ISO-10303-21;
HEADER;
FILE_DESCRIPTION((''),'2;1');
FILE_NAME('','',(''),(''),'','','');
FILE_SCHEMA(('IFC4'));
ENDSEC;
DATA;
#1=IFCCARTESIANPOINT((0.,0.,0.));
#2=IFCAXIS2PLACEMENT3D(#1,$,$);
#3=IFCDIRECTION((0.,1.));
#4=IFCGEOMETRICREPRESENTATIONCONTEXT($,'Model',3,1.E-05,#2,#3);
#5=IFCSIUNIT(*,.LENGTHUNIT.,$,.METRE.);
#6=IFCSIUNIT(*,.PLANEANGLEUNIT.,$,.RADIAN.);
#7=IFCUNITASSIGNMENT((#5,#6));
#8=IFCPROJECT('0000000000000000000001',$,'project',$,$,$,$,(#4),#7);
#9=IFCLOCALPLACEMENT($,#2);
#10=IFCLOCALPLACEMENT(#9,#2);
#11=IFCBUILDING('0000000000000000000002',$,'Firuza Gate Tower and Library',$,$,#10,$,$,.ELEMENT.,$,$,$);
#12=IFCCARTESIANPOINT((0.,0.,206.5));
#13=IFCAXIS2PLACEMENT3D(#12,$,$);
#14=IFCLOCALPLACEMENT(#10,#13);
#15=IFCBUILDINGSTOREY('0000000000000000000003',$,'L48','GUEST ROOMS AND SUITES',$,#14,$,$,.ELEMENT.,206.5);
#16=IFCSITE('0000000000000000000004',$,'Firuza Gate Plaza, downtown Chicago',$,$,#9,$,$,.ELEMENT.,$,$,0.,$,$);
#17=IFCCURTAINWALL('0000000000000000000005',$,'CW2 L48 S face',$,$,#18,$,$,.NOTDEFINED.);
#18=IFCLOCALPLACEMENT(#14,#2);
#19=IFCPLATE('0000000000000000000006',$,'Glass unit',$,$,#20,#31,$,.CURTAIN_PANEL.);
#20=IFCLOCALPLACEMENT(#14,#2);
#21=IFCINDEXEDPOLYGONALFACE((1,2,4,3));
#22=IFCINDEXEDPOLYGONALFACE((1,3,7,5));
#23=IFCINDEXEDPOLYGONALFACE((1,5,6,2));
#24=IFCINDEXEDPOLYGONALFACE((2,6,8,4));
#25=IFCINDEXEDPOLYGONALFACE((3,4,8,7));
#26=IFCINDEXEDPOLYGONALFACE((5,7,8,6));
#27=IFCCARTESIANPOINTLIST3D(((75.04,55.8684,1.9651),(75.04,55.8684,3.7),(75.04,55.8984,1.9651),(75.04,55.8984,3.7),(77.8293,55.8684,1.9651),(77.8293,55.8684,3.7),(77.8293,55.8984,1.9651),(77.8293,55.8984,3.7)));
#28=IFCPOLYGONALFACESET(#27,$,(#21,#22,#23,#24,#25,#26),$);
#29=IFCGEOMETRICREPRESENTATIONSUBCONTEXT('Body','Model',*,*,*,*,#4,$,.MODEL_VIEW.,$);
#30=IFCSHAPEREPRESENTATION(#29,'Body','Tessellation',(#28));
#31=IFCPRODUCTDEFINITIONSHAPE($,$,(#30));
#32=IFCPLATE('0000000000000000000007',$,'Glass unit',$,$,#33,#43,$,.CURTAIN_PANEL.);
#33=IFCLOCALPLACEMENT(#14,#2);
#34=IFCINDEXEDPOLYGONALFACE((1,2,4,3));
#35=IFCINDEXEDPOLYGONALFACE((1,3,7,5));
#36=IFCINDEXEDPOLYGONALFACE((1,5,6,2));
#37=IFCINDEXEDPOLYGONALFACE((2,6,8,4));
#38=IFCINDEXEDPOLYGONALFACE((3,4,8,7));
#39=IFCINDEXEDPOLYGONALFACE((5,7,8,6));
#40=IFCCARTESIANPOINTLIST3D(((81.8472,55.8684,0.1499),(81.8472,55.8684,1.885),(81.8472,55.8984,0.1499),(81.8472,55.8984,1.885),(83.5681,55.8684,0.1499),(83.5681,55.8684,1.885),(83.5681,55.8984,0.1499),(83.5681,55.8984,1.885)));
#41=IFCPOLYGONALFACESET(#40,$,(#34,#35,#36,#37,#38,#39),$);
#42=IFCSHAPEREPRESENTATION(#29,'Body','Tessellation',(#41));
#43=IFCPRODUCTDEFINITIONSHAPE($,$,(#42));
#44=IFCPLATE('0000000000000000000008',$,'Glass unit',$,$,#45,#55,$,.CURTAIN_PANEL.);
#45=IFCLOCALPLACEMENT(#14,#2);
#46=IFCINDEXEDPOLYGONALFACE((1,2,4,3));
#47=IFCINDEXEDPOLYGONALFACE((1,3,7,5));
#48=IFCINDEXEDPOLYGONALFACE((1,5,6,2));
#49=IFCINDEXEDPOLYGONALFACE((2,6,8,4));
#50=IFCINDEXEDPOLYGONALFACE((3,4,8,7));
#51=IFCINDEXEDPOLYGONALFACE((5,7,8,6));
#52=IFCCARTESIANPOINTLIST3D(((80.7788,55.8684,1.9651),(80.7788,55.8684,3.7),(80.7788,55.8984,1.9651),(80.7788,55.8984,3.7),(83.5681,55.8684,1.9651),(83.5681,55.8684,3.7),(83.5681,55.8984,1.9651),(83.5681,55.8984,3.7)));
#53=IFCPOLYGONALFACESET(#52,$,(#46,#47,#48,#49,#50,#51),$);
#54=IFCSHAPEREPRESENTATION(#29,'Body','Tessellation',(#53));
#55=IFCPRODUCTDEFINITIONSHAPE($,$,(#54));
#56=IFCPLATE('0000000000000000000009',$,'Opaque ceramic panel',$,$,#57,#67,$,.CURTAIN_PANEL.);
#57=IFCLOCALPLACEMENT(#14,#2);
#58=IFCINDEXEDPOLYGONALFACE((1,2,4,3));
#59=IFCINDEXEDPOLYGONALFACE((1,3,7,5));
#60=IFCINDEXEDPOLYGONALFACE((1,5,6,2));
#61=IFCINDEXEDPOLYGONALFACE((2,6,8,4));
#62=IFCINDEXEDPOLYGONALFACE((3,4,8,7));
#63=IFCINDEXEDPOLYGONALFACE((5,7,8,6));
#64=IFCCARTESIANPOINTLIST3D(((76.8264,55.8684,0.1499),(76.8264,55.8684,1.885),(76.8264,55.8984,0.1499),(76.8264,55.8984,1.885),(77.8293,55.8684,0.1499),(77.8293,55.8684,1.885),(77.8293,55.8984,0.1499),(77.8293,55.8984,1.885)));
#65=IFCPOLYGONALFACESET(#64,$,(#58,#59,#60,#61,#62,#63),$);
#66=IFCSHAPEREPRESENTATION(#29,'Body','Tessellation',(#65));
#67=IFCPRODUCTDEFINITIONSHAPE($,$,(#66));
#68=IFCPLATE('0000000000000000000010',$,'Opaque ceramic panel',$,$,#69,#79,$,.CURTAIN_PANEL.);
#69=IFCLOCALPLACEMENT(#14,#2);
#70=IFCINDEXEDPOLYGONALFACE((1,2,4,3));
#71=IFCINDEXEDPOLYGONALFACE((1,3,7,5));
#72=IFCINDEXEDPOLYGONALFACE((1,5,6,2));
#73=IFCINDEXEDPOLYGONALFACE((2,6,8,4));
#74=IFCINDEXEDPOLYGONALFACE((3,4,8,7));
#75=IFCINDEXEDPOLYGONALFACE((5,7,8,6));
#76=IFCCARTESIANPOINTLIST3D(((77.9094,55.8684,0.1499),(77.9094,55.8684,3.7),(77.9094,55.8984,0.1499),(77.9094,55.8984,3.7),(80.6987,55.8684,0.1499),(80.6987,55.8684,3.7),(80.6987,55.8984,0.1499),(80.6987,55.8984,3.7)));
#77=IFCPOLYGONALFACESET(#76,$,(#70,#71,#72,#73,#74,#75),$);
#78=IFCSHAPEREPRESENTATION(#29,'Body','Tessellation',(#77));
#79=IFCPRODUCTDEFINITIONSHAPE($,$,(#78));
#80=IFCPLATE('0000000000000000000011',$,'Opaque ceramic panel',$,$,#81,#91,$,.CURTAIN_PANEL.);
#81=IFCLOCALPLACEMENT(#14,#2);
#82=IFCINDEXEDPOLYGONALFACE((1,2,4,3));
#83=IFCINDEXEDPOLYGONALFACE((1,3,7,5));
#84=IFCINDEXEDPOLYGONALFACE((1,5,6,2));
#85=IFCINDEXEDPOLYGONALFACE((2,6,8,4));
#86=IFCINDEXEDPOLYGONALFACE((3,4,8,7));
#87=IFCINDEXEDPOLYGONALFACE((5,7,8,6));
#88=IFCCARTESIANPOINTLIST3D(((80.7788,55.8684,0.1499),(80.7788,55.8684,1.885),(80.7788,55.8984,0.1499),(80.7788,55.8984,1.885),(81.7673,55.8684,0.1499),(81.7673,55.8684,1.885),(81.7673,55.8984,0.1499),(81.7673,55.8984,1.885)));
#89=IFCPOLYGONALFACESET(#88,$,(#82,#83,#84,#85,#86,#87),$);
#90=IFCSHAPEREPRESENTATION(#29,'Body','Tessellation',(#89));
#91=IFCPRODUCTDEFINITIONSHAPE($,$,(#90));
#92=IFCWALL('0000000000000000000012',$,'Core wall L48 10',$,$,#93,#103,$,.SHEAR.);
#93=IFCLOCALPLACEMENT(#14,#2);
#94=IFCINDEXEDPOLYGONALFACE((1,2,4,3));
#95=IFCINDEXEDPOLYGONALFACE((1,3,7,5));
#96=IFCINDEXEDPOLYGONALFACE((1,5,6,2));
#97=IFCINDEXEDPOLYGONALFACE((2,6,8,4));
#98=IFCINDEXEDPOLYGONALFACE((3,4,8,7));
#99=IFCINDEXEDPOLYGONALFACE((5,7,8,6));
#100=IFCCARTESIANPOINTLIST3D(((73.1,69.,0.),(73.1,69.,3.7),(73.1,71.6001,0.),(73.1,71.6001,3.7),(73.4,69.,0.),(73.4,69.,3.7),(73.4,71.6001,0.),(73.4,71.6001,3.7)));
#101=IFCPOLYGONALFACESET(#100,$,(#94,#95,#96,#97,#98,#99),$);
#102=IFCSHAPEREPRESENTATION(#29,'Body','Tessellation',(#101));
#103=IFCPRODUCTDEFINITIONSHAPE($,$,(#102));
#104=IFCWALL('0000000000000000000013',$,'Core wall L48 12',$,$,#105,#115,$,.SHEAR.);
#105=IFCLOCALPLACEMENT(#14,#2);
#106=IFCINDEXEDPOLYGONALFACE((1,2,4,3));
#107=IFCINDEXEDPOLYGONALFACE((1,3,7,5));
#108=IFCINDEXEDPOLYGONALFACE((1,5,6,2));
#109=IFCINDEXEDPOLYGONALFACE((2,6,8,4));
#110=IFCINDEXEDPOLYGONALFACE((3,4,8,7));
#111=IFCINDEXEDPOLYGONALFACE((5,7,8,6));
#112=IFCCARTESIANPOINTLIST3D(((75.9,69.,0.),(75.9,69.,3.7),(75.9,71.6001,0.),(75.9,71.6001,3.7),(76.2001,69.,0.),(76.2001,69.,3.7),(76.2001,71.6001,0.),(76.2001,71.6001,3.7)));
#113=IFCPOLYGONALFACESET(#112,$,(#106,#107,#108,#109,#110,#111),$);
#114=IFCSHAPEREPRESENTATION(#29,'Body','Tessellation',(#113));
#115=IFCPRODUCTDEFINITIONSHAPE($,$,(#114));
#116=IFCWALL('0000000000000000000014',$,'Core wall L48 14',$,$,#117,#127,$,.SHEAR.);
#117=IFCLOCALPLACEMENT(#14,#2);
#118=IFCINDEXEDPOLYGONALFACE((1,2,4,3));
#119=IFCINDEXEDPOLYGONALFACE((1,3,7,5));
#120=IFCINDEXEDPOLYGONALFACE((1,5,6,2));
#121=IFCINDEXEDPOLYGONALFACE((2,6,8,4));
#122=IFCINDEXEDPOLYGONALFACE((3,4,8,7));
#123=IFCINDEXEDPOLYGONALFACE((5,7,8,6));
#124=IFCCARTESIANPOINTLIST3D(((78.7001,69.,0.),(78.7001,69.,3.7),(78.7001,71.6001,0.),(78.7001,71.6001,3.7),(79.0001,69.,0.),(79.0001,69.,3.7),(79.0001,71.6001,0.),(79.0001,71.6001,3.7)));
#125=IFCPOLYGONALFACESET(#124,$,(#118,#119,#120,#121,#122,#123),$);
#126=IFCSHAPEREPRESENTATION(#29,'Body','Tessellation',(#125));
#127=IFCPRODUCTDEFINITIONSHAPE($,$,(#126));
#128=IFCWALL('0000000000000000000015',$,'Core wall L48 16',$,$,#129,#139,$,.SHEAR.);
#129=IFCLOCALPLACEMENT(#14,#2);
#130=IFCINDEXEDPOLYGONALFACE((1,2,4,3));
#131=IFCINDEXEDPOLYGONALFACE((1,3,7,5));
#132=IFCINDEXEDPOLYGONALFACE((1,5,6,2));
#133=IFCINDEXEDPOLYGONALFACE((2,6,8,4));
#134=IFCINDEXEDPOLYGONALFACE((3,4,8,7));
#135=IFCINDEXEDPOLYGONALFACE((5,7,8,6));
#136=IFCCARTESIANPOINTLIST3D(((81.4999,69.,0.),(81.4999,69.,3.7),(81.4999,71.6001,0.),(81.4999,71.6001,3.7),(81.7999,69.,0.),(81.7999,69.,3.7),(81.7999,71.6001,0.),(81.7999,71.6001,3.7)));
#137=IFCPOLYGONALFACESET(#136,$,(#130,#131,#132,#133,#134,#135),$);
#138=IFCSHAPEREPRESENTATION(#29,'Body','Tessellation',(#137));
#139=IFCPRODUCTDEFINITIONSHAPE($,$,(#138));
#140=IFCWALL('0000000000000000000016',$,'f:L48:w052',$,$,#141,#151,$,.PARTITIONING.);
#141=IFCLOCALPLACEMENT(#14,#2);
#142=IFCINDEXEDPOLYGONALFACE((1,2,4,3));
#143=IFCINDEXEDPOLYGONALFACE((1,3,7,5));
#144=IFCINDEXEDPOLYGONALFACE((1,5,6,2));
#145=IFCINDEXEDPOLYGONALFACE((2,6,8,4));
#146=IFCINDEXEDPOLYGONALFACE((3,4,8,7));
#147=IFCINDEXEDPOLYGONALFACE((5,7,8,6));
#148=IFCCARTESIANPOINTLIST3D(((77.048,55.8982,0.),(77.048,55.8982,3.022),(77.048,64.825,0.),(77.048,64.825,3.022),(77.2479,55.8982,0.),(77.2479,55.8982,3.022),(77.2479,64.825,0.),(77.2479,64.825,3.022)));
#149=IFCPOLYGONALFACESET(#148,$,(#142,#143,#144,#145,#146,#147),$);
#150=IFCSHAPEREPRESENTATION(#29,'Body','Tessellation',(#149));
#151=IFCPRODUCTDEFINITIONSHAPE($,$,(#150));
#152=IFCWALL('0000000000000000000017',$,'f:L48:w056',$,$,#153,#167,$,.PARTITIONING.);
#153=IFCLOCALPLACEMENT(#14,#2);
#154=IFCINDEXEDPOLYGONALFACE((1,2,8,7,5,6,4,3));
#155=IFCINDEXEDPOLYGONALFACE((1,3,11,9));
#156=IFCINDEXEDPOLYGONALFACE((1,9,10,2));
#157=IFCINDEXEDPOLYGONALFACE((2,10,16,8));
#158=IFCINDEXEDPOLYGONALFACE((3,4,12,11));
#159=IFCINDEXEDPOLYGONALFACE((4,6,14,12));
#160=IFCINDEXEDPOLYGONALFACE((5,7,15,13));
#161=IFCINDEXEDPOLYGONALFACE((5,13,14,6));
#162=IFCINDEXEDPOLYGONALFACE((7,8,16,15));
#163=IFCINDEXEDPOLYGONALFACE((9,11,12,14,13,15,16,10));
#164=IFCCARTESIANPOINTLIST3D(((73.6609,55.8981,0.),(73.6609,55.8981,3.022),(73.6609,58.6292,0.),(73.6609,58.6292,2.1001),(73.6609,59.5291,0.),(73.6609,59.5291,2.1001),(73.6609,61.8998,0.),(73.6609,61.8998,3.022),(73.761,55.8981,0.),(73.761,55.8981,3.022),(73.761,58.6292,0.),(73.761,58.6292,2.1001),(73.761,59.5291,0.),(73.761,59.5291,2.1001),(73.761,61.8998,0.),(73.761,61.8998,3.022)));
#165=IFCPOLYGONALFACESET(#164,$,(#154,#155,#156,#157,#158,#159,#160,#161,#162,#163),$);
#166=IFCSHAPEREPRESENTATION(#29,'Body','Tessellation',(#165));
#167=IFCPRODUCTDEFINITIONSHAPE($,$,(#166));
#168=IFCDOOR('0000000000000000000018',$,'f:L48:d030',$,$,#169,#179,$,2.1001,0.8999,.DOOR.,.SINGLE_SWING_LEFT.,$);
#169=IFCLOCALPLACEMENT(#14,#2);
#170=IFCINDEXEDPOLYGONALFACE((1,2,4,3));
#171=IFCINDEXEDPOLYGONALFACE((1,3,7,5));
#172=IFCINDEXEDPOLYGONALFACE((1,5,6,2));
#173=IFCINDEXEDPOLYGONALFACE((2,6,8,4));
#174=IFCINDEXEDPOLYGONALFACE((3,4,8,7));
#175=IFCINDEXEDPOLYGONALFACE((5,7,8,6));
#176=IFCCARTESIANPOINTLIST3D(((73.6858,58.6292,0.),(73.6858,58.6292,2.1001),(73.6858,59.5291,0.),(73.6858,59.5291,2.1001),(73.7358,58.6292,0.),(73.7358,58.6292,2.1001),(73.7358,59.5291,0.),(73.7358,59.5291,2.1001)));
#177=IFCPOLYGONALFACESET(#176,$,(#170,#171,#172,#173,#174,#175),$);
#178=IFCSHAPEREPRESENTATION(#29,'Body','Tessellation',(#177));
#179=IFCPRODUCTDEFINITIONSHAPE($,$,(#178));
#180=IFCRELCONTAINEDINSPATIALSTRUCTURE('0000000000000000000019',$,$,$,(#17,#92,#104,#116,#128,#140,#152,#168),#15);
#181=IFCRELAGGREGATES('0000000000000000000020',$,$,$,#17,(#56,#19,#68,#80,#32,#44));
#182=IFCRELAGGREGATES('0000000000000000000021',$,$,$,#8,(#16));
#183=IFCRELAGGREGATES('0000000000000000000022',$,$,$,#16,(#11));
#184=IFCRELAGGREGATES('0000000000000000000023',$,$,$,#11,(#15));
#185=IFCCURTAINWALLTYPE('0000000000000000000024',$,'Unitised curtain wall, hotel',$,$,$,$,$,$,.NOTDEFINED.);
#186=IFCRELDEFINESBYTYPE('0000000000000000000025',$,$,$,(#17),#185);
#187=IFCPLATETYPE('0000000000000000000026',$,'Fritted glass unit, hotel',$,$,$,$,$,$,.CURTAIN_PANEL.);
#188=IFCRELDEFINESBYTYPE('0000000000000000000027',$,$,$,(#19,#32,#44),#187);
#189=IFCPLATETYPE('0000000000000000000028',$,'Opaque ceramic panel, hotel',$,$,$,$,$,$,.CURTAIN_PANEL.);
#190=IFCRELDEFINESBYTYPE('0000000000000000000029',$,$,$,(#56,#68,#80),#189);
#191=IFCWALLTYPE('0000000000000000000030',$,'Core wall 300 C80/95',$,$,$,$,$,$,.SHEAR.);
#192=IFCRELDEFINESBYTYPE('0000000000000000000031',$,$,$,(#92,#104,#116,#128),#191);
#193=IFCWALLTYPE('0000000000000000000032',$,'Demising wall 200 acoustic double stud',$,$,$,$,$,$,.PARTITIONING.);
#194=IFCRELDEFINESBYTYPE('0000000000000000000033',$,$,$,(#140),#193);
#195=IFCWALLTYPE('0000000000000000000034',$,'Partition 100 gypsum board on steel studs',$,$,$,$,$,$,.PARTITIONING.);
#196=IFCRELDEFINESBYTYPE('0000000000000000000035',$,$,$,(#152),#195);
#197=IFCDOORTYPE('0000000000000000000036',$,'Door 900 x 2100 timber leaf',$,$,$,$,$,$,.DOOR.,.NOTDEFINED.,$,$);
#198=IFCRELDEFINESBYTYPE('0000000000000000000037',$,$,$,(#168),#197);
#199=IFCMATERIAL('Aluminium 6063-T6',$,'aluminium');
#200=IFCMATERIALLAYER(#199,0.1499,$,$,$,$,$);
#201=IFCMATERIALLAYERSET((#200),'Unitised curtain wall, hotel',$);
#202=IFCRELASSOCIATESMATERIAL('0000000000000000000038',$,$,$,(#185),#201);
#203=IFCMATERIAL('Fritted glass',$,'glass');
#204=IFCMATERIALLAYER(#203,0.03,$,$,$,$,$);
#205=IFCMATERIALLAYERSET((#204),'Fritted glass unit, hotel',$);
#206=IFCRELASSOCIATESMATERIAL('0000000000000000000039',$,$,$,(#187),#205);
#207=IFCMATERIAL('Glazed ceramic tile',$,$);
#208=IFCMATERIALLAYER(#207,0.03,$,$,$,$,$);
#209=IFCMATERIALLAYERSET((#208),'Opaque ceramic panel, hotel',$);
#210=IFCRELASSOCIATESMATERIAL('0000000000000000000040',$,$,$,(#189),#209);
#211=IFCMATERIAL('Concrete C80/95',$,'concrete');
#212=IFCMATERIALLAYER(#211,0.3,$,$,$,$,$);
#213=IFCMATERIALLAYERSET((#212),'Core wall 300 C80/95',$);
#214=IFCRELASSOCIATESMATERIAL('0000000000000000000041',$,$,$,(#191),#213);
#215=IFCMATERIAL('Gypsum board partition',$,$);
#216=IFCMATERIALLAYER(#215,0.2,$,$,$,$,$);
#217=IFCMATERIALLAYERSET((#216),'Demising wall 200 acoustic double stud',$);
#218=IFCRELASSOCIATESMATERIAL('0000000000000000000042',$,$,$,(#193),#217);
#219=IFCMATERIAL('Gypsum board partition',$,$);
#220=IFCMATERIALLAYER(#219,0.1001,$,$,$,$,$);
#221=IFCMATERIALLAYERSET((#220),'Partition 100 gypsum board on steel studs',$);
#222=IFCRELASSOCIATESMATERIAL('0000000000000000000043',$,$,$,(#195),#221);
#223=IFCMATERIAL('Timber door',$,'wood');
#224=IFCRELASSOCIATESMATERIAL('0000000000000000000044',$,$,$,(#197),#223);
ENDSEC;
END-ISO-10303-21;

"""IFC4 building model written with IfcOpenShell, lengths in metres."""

from ifc_helpers import new_model, si_unit, direction, frame, frame_2d, origin, place, context, subcontext, project, spatial, polyline, rectangle, outline, extrude, material, layer, layer_set, type_object, element, fill, aggregate, save


model = new_model("IFC4")

# Units and contexts
model_context = context("Model", 3, precision=1e-05, world=origin(), true_north=direction((0.0, 1.0)))
body_context = subcontext(model_context, "Body", "Model", "MODEL_VIEW")
ifc_project = project(units=[si_unit("LENGTHUNIT", "METRE"), si_unit("PLANEANGLEUNIT", "RADIAN")], contexts=[model_context])

# Site, building, storey
site_placement = place(None, origin())
site = spatial("IfcSite", under=ifc_project, at=site_placement, Name="Firuza Gate Plaza, downtown Chicago", CompositionType="ELEMENT", RefElevation=0.0)
building_placement = place(site_placement, origin())
building = spatial("IfcBuilding", under=site, at=building_placement, Name="Firuza Gate Tower and Library", CompositionType="ELEMENT")
storey_placement = place(building_placement, frame((0.0, 0.0, 206.5)))
storey = spatial("IfcBuildingStorey", under=building, at=storey_placement, Name="L48", Description="GUEST ROOMS AND SUITES", CompositionType="ELEMENT", Elevation=206.5)

# Curtain wall
ifc_material_1 = material(Name="Aluminium 6063-T6", Category="aluminium")
ifc_layer_1 = layer(ifc_material_1, 0.1499)
ifc_layer_set_1 = layer_set([ifc_layer_1], Name="Unitised curtain wall, hotel")
curtain_wall_type = type_object("IfcCurtainWallType", Name="Unitised curtain wall, hotel", PredefinedType="NOTDEFINED", material=ifc_layer_set_1)
curtain_wall_placement = place(storey_placement, origin())
curtain_wall = element("IfcCurtainWall", 1, at=curtain_wall_placement, inside=storey, type_object=curtain_wall_type, Name="CW2 L48 S face", PredefinedType="NOTDEFINED")

# Plates
ifc_material_2 = material(Name="Fritted glass", Category="glass")
ifc_layer_2 = layer(ifc_material_2, 0.03)
ifc_layer_set_2 = layer_set([ifc_layer_2], Name="Fritted glass unit, hotel")
plate_type_1 = type_object("IfcPlateType", Name="Fritted glass unit, hotel", PredefinedType="CURTAIN_PANEL", material=ifc_layer_set_2)
plate_1_placement = place(storey_placement, frame((75.04, 55.8684, 1.9651), z_axis=(0.0, -1.0, 0.0), x_axis=(1.0, 0.0, 0.0)))
plate_1 = element("IfcPlate", 2, at=plate_1_placement, type_object=plate_type_1, Name="Glass unit", PredefinedType="CURTAIN_PANEL", context=body_context, shape_type="SweptSolid", body=[
    extrude(outline(polyline([(0.0, 0.0), (2.7893, 0.0), (2.7893, 1.7349), (0.0, 1.7349), (0.0, 0.0)])), origin(), (0.0, 0.0, -1.0), 0.03),
])
plate_2_placement = place(storey_placement, frame((81.8472, 55.8684, 0.1499), z_axis=(0.0, -1.0, 0.0), x_axis=(1.0, 0.0, 0.0)))
plate_2 = element("IfcPlate", 3, at=plate_2_placement, type_object=plate_type_1, Name="Glass unit", PredefinedType="CURTAIN_PANEL", context=body_context, shape_type="SweptSolid", body=[
    extrude(outline(polyline([(0.0, 0.0), (1.7209, 0.0), (1.7209, 1.7351), (0.0, 1.7351), (0.0, 0.0)])), origin(), (0.0, 0.0, -1.0), 0.03),
])
plate_3_placement = place(storey_placement, frame((80.7788, 55.8684, 1.9651), z_axis=(0.0, -1.0, 0.0), x_axis=(1.0, 0.0, 0.0)))
plate_3 = element("IfcPlate", 4, at=plate_3_placement, type_object=plate_type_1, Name="Glass unit", PredefinedType="CURTAIN_PANEL", context=body_context, shape_type="SweptSolid", body=[
    extrude(outline(polyline([(0.0, 0.0), (2.7893, 0.0), (2.7893, 1.7349), (0.0, 1.7349), (0.0, 0.0)])), origin(), (0.0, 0.0, -1.0), 0.03),
])
ifc_material_3 = material(Name="Glazed ceramic tile")
ifc_layer_3 = layer(ifc_material_3, 0.03)
ifc_layer_set_3 = layer_set([ifc_layer_3], Name="Opaque ceramic panel, hotel")
plate_type_2 = type_object("IfcPlateType", Name="Opaque ceramic panel, hotel", PredefinedType="CURTAIN_PANEL", material=ifc_layer_set_3)
plate_4_placement = place(storey_placement, frame((76.8264, 55.8684, 0.1499), z_axis=(0.0, -1.0, 0.0), x_axis=(1.0, 0.0, 0.0)))
plate_4 = element("IfcPlate", 5, at=plate_4_placement, type_object=plate_type_2, Name="Opaque ceramic panel", PredefinedType="CURTAIN_PANEL", context=body_context, shape_type="SweptSolid", body=[
    extrude(outline(polyline([(0.0, 0.0), (1.0029, 0.0), (1.0029, 1.7351), (0.0, 1.7351), (0.0, 0.0)])), origin(), (0.0, 0.0, -1.0), 0.03),
])
plate_5_placement = place(storey_placement, frame((77.9094, 55.8684, 0.1499), z_axis=(0.0, -1.0, 0.0), x_axis=(1.0, 0.0, 0.0)))
plate_5 = element("IfcPlate", 6, at=plate_5_placement, type_object=plate_type_2, Name="Opaque ceramic panel", PredefinedType="CURTAIN_PANEL", context=body_context, shape_type="SweptSolid", body=[
    extrude(outline(polyline([(0.0, 0.0), (2.7893, 0.0), (2.7893, 3.55), (0.0, 3.55), (0.0, 0.0)])), origin(), (0.0, 0.0, -1.0), 0.03),
])
plate_6_placement = place(storey_placement, frame((80.7788, 55.8684, 0.1499), z_axis=(0.0, -1.0, 0.0), x_axis=(1.0, 0.0, 0.0)))
plate_6 = element("IfcPlate", 7, at=plate_6_placement, type_object=plate_type_2, Name="Opaque ceramic panel", PredefinedType="CURTAIN_PANEL", context=body_context, shape_type="SweptSolid", body=[
    extrude(outline(polyline([(0.0, 0.0), (0.9885, 0.0), (0.9885, 1.7351), (0.0, 1.7351), (0.0, 0.0)])), origin(), (0.0, 0.0, -1.0), 0.03),
])
aggregate(curtain_wall, [plate_4, plate_1, plate_5, plate_6, plate_2, plate_3])

# Walls
ifc_material_4 = material(Name="Concrete C80/95", Category="concrete")
ifc_layer_4 = layer(ifc_material_4, 0.3)
ifc_layer_set_4 = layer_set([ifc_layer_4], Name="Core wall 300 C80/95")
wall_type_1 = type_object("IfcWallType", Name="Core wall 300 C80/95", PredefinedType="SHEAR", material=ifc_layer_set_4)
for number, where, z_axis, x_axis, name in (
    (8, (73.25, 69.0, 0.0), (0.0, 0.0, 1.0), (0.0, 1.0, 0.0), "Core wall L48 10"),
    (9, (76.05, 69.0, 0.0), (0.0, 0.0, 1.0), (0.0, 1.0, 0.0), "Core wall L48 12"),
    (10, (78.8501, 69.0, 0.0), (0.0, 0.0, 1.0), (0.0, 1.0, 0.0), "Core wall L48 14"),
    (11, (81.6499, 69.0, 0.0), (0.0, 0.0, 1.0), (0.0, 1.0, 0.0), "Core wall L48 16"),
):
    element("IfcWall", number, at=place(storey_placement, frame(where, z_axis=z_axis, x_axis=x_axis)), inside=storey, type_object=wall_type_1, Name=name, PredefinedType="SHEAR", context=body_context, shape_type="SweptSolid", body=[
        extrude(rectangle(XDim=2.6001, YDim=0.3, at=frame_2d((1.3, 0.0))), origin(), (0.0, 0.0, 1.0), 3.7),
    ])
ifc_material_5 = material(Name="Gypsum board partition")
ifc_layer_5 = layer(ifc_material_5, 0.2)
ifc_layer_set_5 = layer_set([ifc_layer_5], Name="Demising wall 200 acoustic double stud")
wall_type_2 = type_object("IfcWallType", Name="Demising wall 200 acoustic double stud", PredefinedType="PARTITIONING", material=ifc_layer_set_5)
wall_1_placement = place(storey_placement, frame((77.1479, 55.8982, 0.0), z_axis=(0.0, 0.0, 1.0), x_axis=(0.0, 1.0, 0.0)))
element("IfcWall", 12, at=wall_1_placement, inside=storey, type_object=wall_type_2, Name="f:L48:w052", PredefinedType="PARTITIONING", context=body_context, shape_type="SweptSolid", body=[
    extrude(rectangle(XDim=8.9268, YDim=0.2, at=frame_2d((4.4634, 0.0))), origin(), (0.0, 0.0, 1.0), 3.022),
])

# Wall, opening, door
ifc_material_6 = material(Name="Gypsum board partition")
ifc_layer_6 = layer(ifc_material_6, 0.1001)
ifc_layer_set_6 = layer_set([ifc_layer_6], Name="Partition 100 gypsum board on steel studs")
wall_type_3 = type_object("IfcWallType", Name="Partition 100 gypsum board on steel studs", PredefinedType="PARTITIONING", material=ifc_layer_set_6)
wall_2_placement = place(storey_placement, frame((73.7109, 61.8999, 0.0), z_axis=(0.0, 0.0, 1.0), x_axis=(0.0, -1.0, 0.0)))
wall_2 = element("IfcWall", 13, at=wall_2_placement, inside=storey, type_object=wall_type_3, Name="f:L48:w056", PredefinedType="PARTITIONING", context=body_context, shape_type="SweptSolid", body=[
    extrude(rectangle(XDim=6.0017, YDim=0.1001, at=frame_2d((3.001, 0.0))), origin(), (0.0, 0.0, 1.0), 3.022),
])
opening_1_placement = place(wall_2_placement, frame((2.3708, 0.0, 0.0)))
opening_1 = element("IfcOpeningElement", 14, at=opening_1_placement, cuts=wall_2, PredefinedType="OPENING", context=body_context, shape_type="SweptSolid", body=[
    extrude(rectangle(XDim=0.8999, YDim=2.1001, at=frame_2d((0.45, 1.05))), frame((0.0, 0.0601, 0.0), z_axis=(0.0, -1.0, 0.0), x_axis=(1.0, 0.0, 0.0)), (0.0, 0.0, 1.0), 0.1201),
])
ifc_material_7 = material(Name="Timber door", Category="wood")
door_type_1 = type_object("IfcDoorType", Name="Door 900 x 2100 timber leaf", OperationType="NOTDEFINED", PredefinedType="DOOR", material=ifc_material_7)
door_1_placement = place(opening_1_placement, origin())
door_1 = element("IfcDoor", 15, at=door_1_placement, inside=storey, type_object=door_type_1, Name="f:L48:d030", OperationType="SINGLE_SWING_LEFT", OverallHeight=2.1001, OverallWidth=0.8999, PredefinedType="DOOR", context=body_context, shape_type="SweptSolid", body=[
    extrude(rectangle(XDim=0.8999, YDim=2.1001, at=frame_2d((0.45, 1.05))), frame((0.0, 0.0249, 0.0), z_axis=(0.0, -1.0, 0.0), x_axis=(1.0, 0.0, 0.0)), (0.0, 0.0, 1.0), 0.05),
])
fill(opening_1, door_1)

save(model, "model.ifc")
